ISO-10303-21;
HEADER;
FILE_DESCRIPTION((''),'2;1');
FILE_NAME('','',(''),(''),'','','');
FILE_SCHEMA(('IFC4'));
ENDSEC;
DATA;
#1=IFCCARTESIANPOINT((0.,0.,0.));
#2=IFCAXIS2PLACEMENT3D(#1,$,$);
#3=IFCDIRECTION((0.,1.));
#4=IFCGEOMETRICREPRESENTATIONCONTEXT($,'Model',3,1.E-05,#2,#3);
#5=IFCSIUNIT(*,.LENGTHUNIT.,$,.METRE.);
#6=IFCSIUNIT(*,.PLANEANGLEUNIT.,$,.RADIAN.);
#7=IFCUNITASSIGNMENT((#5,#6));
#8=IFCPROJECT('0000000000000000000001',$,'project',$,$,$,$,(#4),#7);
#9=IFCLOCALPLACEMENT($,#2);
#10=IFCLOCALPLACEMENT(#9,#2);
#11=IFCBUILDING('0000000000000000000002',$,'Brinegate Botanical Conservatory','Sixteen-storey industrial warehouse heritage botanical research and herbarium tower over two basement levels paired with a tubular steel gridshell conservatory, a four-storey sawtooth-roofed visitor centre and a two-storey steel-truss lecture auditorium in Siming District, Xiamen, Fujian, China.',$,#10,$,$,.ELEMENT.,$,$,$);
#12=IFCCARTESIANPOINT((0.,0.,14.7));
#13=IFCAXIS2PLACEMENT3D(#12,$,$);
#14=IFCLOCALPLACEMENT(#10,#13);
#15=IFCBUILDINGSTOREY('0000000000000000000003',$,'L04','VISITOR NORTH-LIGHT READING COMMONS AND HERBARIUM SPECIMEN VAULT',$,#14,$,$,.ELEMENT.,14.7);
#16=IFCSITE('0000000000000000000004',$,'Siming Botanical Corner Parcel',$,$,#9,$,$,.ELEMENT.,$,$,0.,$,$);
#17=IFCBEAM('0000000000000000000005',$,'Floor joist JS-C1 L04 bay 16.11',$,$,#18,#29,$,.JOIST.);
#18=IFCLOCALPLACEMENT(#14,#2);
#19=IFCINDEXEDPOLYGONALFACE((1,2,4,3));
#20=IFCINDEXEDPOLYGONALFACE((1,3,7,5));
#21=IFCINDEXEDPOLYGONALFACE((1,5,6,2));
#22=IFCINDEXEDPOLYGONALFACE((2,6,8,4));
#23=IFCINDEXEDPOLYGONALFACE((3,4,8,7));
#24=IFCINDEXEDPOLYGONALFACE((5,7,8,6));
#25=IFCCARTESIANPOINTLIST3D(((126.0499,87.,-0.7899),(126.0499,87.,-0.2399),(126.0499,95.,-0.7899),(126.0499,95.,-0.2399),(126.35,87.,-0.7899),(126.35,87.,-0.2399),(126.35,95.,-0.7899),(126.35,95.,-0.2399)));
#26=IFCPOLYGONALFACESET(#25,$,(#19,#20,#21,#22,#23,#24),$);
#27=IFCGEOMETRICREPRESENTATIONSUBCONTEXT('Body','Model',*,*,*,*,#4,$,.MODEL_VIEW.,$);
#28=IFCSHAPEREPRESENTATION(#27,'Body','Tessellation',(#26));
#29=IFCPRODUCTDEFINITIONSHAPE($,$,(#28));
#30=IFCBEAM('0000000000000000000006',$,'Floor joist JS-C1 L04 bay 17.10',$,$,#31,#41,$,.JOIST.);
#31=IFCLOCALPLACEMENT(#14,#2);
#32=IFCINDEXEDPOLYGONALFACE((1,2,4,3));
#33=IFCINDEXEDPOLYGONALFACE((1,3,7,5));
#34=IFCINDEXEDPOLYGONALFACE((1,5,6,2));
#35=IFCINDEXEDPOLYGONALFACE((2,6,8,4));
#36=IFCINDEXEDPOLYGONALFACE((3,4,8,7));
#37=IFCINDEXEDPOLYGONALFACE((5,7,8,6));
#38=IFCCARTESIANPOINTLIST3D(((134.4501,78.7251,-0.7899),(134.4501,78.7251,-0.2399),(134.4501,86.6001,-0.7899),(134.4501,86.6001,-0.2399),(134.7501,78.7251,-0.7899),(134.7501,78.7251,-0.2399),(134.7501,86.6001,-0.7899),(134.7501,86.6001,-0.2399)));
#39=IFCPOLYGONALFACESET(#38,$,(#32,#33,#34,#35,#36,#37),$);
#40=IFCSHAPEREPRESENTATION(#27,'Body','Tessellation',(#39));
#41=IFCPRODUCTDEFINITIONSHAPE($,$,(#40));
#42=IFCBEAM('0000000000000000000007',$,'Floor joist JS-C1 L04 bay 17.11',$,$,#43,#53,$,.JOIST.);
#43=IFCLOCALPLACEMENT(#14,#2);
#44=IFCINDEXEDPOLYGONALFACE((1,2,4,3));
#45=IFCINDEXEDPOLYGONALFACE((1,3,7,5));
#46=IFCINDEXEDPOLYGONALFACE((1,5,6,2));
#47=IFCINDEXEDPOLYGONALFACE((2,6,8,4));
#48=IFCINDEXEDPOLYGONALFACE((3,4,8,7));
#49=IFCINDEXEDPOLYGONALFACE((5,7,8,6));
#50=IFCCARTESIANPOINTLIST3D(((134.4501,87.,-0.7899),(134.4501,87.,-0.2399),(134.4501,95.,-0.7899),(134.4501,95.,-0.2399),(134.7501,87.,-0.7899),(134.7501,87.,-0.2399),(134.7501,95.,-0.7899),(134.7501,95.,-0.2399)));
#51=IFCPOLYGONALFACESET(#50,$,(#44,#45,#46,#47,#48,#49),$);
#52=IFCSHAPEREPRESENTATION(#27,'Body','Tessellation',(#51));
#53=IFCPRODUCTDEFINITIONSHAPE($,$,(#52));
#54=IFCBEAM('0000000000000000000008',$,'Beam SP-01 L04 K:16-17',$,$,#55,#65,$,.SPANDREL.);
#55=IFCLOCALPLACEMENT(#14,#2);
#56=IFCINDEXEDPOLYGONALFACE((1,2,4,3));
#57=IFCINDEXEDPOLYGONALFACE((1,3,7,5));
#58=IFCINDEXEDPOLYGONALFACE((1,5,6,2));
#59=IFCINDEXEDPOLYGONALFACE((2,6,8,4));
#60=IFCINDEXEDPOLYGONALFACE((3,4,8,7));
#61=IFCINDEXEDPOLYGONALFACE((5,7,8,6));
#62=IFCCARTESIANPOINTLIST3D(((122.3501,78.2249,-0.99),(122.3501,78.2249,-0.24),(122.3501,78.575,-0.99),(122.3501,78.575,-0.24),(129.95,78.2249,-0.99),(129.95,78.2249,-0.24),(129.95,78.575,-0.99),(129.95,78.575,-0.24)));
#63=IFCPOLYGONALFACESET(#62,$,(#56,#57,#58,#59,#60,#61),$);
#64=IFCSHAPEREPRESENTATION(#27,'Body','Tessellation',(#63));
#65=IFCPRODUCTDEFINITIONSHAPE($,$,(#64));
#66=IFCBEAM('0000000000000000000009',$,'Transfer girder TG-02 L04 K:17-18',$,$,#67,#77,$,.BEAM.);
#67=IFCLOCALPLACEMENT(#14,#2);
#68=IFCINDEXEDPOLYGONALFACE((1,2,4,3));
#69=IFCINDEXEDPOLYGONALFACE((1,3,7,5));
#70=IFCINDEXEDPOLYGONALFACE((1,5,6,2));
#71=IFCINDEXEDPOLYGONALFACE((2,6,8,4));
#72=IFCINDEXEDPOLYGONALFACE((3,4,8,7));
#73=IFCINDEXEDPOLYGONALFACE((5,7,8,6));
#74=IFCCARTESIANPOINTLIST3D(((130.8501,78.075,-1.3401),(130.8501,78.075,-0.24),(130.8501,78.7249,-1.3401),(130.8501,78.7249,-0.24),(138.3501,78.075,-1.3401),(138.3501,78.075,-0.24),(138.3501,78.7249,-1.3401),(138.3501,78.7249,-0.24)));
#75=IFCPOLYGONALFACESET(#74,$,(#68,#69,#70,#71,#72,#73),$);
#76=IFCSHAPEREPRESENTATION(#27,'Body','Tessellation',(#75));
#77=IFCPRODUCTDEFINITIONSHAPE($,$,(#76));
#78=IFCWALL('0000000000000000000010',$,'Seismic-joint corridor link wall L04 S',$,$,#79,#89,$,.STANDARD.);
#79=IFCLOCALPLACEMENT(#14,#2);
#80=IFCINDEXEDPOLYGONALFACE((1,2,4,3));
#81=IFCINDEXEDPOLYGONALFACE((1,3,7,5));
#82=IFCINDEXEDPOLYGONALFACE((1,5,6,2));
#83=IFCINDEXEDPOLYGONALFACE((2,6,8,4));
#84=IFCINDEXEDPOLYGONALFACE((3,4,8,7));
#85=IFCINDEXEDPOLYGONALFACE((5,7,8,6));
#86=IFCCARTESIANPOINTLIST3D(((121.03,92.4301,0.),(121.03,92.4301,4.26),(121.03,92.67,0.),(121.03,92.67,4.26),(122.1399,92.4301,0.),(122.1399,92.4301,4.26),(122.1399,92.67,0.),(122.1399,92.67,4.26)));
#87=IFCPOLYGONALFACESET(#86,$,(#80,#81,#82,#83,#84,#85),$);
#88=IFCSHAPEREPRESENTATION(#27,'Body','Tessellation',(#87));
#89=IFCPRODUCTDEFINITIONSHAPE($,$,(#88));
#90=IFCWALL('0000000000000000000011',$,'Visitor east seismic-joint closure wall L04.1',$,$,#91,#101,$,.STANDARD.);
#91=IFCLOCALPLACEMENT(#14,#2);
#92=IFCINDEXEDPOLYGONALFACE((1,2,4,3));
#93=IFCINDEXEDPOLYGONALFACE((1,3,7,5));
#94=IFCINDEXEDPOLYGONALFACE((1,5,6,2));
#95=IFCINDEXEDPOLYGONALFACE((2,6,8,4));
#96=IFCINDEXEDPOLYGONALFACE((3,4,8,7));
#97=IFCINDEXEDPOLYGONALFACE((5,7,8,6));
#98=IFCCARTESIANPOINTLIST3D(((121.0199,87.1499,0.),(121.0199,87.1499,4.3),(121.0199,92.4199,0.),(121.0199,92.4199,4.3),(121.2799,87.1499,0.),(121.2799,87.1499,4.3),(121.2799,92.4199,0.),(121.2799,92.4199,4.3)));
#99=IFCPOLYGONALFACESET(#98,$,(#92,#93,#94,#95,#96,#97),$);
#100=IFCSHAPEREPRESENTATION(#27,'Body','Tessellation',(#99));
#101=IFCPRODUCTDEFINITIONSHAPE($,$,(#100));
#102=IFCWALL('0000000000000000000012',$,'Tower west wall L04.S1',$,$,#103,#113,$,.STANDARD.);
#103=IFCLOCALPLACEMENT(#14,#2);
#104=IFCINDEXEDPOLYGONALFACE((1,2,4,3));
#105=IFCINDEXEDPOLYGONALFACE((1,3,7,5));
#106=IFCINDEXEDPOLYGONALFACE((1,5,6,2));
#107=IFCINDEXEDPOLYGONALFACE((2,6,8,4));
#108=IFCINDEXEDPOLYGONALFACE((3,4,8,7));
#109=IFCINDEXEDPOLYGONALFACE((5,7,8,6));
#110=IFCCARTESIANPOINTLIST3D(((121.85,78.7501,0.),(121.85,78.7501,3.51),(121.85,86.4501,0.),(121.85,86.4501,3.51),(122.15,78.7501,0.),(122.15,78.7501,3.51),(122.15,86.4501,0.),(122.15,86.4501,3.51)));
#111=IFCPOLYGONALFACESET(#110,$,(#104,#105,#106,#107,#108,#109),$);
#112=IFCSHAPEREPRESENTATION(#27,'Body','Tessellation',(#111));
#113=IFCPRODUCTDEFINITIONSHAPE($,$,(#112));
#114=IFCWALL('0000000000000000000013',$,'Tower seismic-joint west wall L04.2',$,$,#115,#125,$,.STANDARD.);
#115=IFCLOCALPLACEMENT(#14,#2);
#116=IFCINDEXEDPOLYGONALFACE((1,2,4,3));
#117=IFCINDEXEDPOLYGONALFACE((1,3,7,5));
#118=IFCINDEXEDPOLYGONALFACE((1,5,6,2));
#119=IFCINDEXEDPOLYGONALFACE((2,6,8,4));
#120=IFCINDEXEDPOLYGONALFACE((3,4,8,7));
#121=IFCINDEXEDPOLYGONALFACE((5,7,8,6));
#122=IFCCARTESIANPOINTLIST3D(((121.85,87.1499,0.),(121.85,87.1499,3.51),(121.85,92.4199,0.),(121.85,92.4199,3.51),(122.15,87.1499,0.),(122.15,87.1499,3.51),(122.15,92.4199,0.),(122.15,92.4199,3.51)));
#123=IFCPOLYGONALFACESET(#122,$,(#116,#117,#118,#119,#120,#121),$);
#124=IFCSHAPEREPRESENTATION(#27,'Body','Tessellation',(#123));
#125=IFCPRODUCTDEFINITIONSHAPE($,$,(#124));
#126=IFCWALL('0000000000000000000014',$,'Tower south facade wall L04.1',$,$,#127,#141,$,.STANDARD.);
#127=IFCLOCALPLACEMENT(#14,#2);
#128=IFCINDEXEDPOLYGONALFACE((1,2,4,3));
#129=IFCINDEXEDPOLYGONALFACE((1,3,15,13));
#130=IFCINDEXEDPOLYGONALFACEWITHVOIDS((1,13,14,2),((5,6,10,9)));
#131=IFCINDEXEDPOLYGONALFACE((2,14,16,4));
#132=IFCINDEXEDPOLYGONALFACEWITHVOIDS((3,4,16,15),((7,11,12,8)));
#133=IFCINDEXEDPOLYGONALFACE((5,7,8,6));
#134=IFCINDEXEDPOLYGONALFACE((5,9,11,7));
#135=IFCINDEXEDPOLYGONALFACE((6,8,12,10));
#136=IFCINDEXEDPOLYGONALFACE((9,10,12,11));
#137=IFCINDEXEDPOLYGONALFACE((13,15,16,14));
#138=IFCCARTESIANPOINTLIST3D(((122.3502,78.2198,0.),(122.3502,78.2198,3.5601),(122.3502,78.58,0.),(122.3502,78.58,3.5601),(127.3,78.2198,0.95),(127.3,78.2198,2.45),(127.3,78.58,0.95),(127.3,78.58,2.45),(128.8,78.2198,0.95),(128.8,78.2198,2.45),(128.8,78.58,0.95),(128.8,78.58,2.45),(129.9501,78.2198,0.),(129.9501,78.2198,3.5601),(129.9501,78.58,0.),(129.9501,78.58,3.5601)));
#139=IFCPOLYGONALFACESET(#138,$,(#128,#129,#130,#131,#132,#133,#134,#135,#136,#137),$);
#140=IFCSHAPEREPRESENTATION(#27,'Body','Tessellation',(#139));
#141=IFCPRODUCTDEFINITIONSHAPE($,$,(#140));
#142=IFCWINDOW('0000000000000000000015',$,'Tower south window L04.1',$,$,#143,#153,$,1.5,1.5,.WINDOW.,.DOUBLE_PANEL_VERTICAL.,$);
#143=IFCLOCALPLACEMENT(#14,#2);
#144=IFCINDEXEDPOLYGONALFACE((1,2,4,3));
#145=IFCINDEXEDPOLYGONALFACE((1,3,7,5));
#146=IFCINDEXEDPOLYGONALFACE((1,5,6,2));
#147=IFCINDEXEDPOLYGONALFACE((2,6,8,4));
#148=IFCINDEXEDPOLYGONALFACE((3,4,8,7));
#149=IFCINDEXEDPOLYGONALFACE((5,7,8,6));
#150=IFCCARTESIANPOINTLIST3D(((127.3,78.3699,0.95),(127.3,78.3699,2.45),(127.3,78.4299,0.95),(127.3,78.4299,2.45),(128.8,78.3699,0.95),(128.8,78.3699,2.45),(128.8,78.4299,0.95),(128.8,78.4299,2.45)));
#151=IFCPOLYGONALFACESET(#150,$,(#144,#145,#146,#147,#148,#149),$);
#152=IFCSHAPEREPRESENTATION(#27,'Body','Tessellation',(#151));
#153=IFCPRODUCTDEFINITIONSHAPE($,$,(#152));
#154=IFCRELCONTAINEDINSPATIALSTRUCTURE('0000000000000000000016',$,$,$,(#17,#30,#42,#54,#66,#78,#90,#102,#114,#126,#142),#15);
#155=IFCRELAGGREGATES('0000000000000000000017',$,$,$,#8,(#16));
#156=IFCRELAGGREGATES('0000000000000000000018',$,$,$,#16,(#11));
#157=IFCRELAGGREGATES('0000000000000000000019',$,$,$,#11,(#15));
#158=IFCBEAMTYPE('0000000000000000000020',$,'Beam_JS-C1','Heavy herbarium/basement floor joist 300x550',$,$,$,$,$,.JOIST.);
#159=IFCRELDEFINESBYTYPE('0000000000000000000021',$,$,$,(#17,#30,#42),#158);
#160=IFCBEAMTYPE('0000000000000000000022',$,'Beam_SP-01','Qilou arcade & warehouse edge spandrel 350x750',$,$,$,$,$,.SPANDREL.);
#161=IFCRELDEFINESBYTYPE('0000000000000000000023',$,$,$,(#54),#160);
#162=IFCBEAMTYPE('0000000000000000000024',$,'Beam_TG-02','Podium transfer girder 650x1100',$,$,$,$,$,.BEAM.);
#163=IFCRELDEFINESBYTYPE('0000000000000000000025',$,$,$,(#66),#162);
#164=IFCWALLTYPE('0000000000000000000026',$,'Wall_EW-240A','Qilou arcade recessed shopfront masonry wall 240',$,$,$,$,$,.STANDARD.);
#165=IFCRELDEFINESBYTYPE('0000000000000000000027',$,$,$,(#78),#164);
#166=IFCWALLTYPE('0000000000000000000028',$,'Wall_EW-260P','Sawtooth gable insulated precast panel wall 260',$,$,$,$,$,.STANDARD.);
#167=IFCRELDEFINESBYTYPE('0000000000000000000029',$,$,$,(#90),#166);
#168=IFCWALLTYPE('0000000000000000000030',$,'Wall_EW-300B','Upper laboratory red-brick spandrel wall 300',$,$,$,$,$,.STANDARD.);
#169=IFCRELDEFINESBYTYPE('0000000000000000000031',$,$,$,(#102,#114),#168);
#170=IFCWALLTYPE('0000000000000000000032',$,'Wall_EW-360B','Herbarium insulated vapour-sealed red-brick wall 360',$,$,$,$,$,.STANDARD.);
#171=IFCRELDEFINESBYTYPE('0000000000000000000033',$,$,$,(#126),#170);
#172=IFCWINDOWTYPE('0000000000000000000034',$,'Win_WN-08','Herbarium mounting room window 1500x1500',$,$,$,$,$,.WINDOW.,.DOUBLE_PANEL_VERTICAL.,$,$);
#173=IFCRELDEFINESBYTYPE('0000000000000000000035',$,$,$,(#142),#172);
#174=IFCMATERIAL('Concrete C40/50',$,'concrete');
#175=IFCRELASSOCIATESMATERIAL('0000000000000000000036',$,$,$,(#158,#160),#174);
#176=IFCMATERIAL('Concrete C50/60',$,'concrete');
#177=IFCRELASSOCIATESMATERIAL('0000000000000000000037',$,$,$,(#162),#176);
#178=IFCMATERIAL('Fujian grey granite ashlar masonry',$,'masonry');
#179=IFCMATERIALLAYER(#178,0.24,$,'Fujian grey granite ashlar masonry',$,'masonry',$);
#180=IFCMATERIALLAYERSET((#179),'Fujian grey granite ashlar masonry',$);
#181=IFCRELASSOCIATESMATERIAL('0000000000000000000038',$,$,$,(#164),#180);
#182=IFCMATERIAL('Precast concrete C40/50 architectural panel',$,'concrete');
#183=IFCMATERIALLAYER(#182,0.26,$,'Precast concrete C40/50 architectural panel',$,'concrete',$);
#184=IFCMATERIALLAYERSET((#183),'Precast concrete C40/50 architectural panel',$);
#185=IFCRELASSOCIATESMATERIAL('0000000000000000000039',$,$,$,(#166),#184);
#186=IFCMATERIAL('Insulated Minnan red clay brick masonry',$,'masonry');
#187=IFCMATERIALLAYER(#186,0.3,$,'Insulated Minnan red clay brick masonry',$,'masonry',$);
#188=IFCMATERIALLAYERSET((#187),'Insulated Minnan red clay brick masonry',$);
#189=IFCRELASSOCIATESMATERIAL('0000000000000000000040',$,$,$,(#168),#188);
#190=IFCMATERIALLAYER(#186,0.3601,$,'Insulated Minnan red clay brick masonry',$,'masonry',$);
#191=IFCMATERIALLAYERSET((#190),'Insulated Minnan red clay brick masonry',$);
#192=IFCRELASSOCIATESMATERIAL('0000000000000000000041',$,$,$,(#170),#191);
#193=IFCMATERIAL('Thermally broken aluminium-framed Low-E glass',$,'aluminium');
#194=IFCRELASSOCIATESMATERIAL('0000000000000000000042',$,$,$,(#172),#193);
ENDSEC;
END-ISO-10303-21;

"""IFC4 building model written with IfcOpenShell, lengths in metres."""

from ifc_helpers import new_model, si_unit, direction, frame, frame_2d, origin, origin_2d, place, context, subcontext, project, spatial, rectangle, extrude, material, layer, layer_set, material_profile, profile_set, type_object, element, fill, save


model = new_model("IFC4")

# Units and contexts
model_context = context("Model", 3, precision=1e-05, world=origin(), true_north=direction((0.0, 1.0)))
body_context = subcontext(model_context, "Body", "Model", "MODEL_VIEW")
ifc_project = project(units=[si_unit("LENGTHUNIT", "METRE"), si_unit("PLANEANGLEUNIT", "RADIAN")], contexts=[model_context])

# Site, building, storey
site_placement = place(None, origin())
site = spatial("IfcSite", under=ifc_project, at=site_placement, Name="Siming Botanical Corner Parcel", CompositionType="ELEMENT", RefElevation=0.0)
building_placement = place(site_placement, origin())
building = spatial("IfcBuilding", under=site, at=building_placement, Name="Brinegate Botanical Conservatory", Description="Sixteen-storey industrial warehouse heritage botanical research and herbarium tower over two basement levels paired with a tubular steel gridshell conservatory, a four-storey sawtooth-roofed visitor centre and a two-storey steel-truss lecture auditorium in Siming District, Xiamen, Fujian, China.", CompositionType="ELEMENT")
storey_placement = place(building_placement, frame((0.0, 0.0, 14.7)))
storey = spatial("IfcBuildingStorey", under=building, at=storey_placement, Name="L04", Description="VISITOR NORTH-LIGHT READING COMMONS AND HERBARIUM SPECIMEN VAULT", CompositionType="ELEMENT", Elevation=14.7)

# Shared definitions
ifc_material_1 = material(Name="Concrete C50/60", Category="concrete")

# Beams
ifc_material_2 = material(Name="Concrete C40/50", Category="concrete")
ifc_material_profile_1 = material_profile(ifc_material_2, rectangle(XDim=0.3, YDim=0.55, at=origin_2d()), Name="RC JST 300x550")
ifc_profile_set_1 = profile_set([ifc_material_profile_1], Name="Concrete C40/50")
beam_type_1 = type_object("IfcBeamType", Name="Beam_JS-C1", Description="Heavy herbarium/basement floor joist 300x550", PredefinedType="JOIST", material=ifc_profile_set_1)
beam_1_placement = place(storey_placement, frame((126.2, 87.0, -0.5149), z_axis=(0.0, 1.0, 0.0), x_axis=(-1.0, 0.0, 0.0)))
element("IfcBeam", 1, at=beam_1_placement, inside=storey, type_object=beam_type_1, Name="Floor joist JS-C1 L04 bay 16.11", PredefinedType="JOIST", context=body_context, shape_type="SweptSolid", body=[
    extrude(rectangle(XDim=0.3, YDim=0.55, at=origin_2d()), origin(), (0.0, 0.0, 1.0), 8.0),
])
beam_2_placement = place(storey_placement, frame((134.6001, 78.7251, -0.5149), z_axis=(0.0, 1.0, 0.0), x_axis=(-1.0, 0.0, 0.0)))
element("IfcBeam", 2, at=beam_2_placement, inside=storey, type_object=beam_type_1, Name="Floor joist JS-C1 L04 bay 17.10", PredefinedType="JOIST", context=body_context, shape_type="SweptSolid", body=[
    extrude(rectangle(XDim=0.3, YDim=0.55, at=origin_2d()), origin(), (0.0, 0.0, 1.0), 7.875),
])
beam_3_placement = place(storey_placement, frame((134.6001, 87.0, -0.5149), z_axis=(0.0, 1.0, 0.0), x_axis=(-1.0, 0.0, 0.0)))
element("IfcBeam", 3, at=beam_3_placement, inside=storey, type_object=beam_type_1, Name="Floor joist JS-C1 L04 bay 17.11", PredefinedType="JOIST", context=body_context, shape_type="SweptSolid", body=[
    extrude(rectangle(XDim=0.3, YDim=0.55, at=origin_2d()), origin(), (0.0, 0.0, 1.0), 8.0),
])
ifc_material_profile_2 = material_profile(ifc_material_2, rectangle(XDim=0.3501, YDim=0.75, at=origin_2d()), Name="RC SPN 350x750")
ifc_profile_set_2 = profile_set([ifc_material_profile_2], Name="Concrete C40/50")
beam_type_2 = type_object("IfcBeamType", Name="Beam_SP-01", Description="Qilou arcade & warehouse edge spandrel 350x750", PredefinedType="SPANDREL", material=ifc_profile_set_2)
beam_4_placement = place(storey_placement, frame((122.3501, 78.3999, -0.615), z_axis=(1.0, 0.0, 0.0), x_axis=(0.0, 1.0, 0.0)))
element("IfcBeam", 4, at=beam_4_placement, inside=storey, type_object=beam_type_2, Name="Beam SP-01 L04 K:16-17", PredefinedType="SPANDREL", context=body_context, shape_type="SweptSolid", body=[
    extrude(rectangle(XDim=0.3501, YDim=0.75, at=origin_2d()), origin(), (0.0, 0.0, 1.0), 7.5999),
])
ifc_material_profile_3 = material_profile(ifc_material_1, rectangle(XDim=0.6499, YDim=1.1001, at=origin_2d()), Name="RC TG 650x1100")
ifc_profile_set_3 = profile_set([ifc_material_profile_3], Name="Concrete C50/60")
beam_type_3 = type_object("IfcBeamType", Name="Beam_TG-02", Description="Podium transfer girder 650x1100", PredefinedType="BEAM", material=ifc_profile_set_3)
beam_5_placement = place(storey_placement, frame((130.8501, 78.3999, -0.79), z_axis=(1.0, 0.0, 0.0), x_axis=(0.0, 1.0, 0.0)))
element("IfcBeam", 5, at=beam_5_placement, inside=storey, type_object=beam_type_3, Name="Transfer girder TG-02 L04 K:17-18", PredefinedType="BEAM", context=body_context, shape_type="SweptSolid", body=[
    extrude(rectangle(XDim=0.6499, YDim=1.1001, at=origin_2d()), origin(), (0.0, 0.0, 1.0), 7.5),
])

# Walls
ifc_material_3 = material(Name="Fujian grey granite ashlar masonry", Category="masonry")
ifc_layer_1 = layer(ifc_material_3, 0.24, Name="Fujian grey granite ashlar masonry", Category="masonry")
ifc_layer_set_1 = layer_set([ifc_layer_1], Name="Fujian grey granite ashlar masonry")
wall_type_1 = type_object("IfcWallType", Name="Wall_EW-240A", Description="Qilou arcade recessed shopfront masonry wall 240", PredefinedType="STANDARD", material=ifc_layer_set_1)
wall_1_placement = place(storey_placement, frame((122.1399, 92.55, 0.0), z_axis=(0.0, 0.0, 1.0), x_axis=(-1.0, 0.0, 0.0)))
element("IfcWall", 6, at=wall_1_placement, inside=storey, type_object=wall_type_1, Name="Seismic-joint corridor link wall L04 S", PredefinedType="STANDARD", context=body_context, shape_type="SweptSolid", body=[
    extrude(rectangle(XDim=1.1099, YDim=0.24, at=frame_2d((0.5549, 0.0))), origin(), (0.0, 0.0, 1.0), 4.26),
])
ifc_material_4 = material(Name="Precast concrete C40/50 architectural panel", Category="concrete")
ifc_layer_2 = layer(ifc_material_4, 0.26, Name="Precast concrete C40/50 architectural panel", Category="concrete")
ifc_layer_set_2 = layer_set([ifc_layer_2], Name="Precast concrete C40/50 architectural panel")
wall_type_2 = type_object("IfcWallType", Name="Wall_EW-260P", Description="Sawtooth gable insulated precast panel wall 260", PredefinedType="STANDARD", material=ifc_layer_set_2)
wall_2_placement = place(storey_placement, frame((121.1499, 92.4199, 0.0), z_axis=(0.0, 0.0, 1.0), x_axis=(0.0, -1.0, 0.0)))
element("IfcWall", 7, at=wall_2_placement, inside=storey, type_object=wall_type_2, Name="Visitor east seismic-joint closure wall L04.1", PredefinedType="STANDARD", context=body_context, shape_type="SweptSolid", body=[
    extrude(rectangle(XDim=5.27, YDim=0.26, at=frame_2d((2.635, 0.0))), origin(), (0.0, 0.0, 1.0), 4.3),
])
ifc_material_5 = material(Name="Insulated Minnan red clay brick masonry", Category="masonry")
ifc_layer_3 = layer(ifc_material_5, 0.3, Name="Insulated Minnan red clay brick masonry", Category="masonry")
ifc_layer_set_3 = layer_set([ifc_layer_3], Name="Insulated Minnan red clay brick masonry")
wall_type_3 = type_object("IfcWallType", Name="Wall_EW-300B", Description="Upper laboratory red-brick spandrel wall 300", PredefinedType="STANDARD", material=ifc_layer_set_3)
wall_3_placement = place(storey_placement, frame((122.0, 78.75, 0.0), z_axis=(0.0, 0.0, 1.0), x_axis=(0.0, 1.0, 0.0)))
element("IfcWall", 8, at=wall_3_placement, inside=storey, type_object=wall_type_3, Name="Tower west wall L04.S1", PredefinedType="STANDARD", context=body_context, shape_type="SweptSolid", body=[
    extrude(rectangle(XDim=7.7, YDim=0.3, at=frame_2d((3.8501, 0.0))), origin(), (0.0, 0.0, 1.0), 3.51),
])
wall_4_placement = place(storey_placement, frame((122.0, 87.1499, 0.0), z_axis=(0.0, 0.0, 1.0), x_axis=(0.0, 1.0, 0.0)))
element("IfcWall", 9, at=wall_4_placement, inside=storey, type_object=wall_type_3, Name="Tower seismic-joint west wall L04.2", PredefinedType="STANDARD", context=body_context, shape_type="SweptSolid", body=[
    extrude(rectangle(XDim=5.27, YDim=0.3, at=frame_2d((2.635, 0.0))), origin(), (0.0, 0.0, 1.0), 3.51),
])

# Wall, opening, window
ifc_layer_4 = layer(ifc_material_5, 0.3601, Name="Insulated Minnan red clay brick masonry", Category="masonry")
ifc_layer_set_4 = layer_set([ifc_layer_4], Name="Insulated Minnan red clay brick masonry")
wall_type_4 = type_object("IfcWallType", Name="Wall_EW-360B", Description="Herbarium insulated vapour-sealed red-brick wall 360", PredefinedType="STANDARD", material=ifc_layer_set_4)
wall_5_placement = place(storey_placement, frame((129.95, 78.3999, 0.0), z_axis=(0.0, 0.0, 1.0), x_axis=(-1.0, 0.0, 0.0)))
wall_5 = element("IfcWall", 10, at=wall_5_placement, inside=storey, type_object=wall_type_4, Name="Tower south facade wall L04.1", PredefinedType="STANDARD", context=body_context, shape_type="SweptSolid", body=[
    extrude(rectangle(XDim=7.5999, YDim=0.3601, at=frame_2d((3.7998, 0.0))), origin(), (0.0, 0.0, 1.0), 3.5601),
])
opening_1_placement = place(wall_5_placement, frame((1.1499, 0.0, 0.95)))
opening_1 = element("IfcOpeningElement", 11, at=opening_1_placement, cuts=wall_5, PredefinedType="OPENING", context=body_context, shape_type="SweptSolid", body=[
    extrude(rectangle(XDim=1.5, YDim=1.5, at=frame_2d((0.75, 0.75))), frame((0.0, 0.1899, 0.0), z_axis=(0.0, -1.0, 0.0), x_axis=(1.0, 0.0, 0.0)), (0.0, 0.0, 1.0), 0.3801),
])
ifc_material_6 = material(Name="Thermally broken aluminium-framed Low-E glass", Category="aluminium")
window_type = type_object("IfcWindowType", Name="Win_WN-08", Description="Herbarium mounting room window 1500x1500", PartitioningType="DOUBLE_PANEL_VERTICAL", PredefinedType="WINDOW", material=ifc_material_6)
window_1_placement = place(opening_1_placement, origin())
window_1 = element("IfcWindow", 12, at=window_1_placement, inside=storey, type_object=window_type, Name="Tower south window L04.1", OverallHeight=1.5, OverallWidth=1.5, PartitioningType="DOUBLE_PANEL_VERTICAL", PredefinedType="WINDOW", context=body_context, shape_type="SweptSolid", body=[
    extrude(rectangle(XDim=1.5, YDim=1.5, at=frame_2d((0.75, 0.75))), frame((0.0, 0.03, 0.0), z_axis=(0.0, -1.0, 0.0), x_axis=(1.0, 0.0, 0.0)), (0.0, 0.0, 1.0), 0.0601),
])
fill(opening_1, window_1)

save(model, "model.ifc")
